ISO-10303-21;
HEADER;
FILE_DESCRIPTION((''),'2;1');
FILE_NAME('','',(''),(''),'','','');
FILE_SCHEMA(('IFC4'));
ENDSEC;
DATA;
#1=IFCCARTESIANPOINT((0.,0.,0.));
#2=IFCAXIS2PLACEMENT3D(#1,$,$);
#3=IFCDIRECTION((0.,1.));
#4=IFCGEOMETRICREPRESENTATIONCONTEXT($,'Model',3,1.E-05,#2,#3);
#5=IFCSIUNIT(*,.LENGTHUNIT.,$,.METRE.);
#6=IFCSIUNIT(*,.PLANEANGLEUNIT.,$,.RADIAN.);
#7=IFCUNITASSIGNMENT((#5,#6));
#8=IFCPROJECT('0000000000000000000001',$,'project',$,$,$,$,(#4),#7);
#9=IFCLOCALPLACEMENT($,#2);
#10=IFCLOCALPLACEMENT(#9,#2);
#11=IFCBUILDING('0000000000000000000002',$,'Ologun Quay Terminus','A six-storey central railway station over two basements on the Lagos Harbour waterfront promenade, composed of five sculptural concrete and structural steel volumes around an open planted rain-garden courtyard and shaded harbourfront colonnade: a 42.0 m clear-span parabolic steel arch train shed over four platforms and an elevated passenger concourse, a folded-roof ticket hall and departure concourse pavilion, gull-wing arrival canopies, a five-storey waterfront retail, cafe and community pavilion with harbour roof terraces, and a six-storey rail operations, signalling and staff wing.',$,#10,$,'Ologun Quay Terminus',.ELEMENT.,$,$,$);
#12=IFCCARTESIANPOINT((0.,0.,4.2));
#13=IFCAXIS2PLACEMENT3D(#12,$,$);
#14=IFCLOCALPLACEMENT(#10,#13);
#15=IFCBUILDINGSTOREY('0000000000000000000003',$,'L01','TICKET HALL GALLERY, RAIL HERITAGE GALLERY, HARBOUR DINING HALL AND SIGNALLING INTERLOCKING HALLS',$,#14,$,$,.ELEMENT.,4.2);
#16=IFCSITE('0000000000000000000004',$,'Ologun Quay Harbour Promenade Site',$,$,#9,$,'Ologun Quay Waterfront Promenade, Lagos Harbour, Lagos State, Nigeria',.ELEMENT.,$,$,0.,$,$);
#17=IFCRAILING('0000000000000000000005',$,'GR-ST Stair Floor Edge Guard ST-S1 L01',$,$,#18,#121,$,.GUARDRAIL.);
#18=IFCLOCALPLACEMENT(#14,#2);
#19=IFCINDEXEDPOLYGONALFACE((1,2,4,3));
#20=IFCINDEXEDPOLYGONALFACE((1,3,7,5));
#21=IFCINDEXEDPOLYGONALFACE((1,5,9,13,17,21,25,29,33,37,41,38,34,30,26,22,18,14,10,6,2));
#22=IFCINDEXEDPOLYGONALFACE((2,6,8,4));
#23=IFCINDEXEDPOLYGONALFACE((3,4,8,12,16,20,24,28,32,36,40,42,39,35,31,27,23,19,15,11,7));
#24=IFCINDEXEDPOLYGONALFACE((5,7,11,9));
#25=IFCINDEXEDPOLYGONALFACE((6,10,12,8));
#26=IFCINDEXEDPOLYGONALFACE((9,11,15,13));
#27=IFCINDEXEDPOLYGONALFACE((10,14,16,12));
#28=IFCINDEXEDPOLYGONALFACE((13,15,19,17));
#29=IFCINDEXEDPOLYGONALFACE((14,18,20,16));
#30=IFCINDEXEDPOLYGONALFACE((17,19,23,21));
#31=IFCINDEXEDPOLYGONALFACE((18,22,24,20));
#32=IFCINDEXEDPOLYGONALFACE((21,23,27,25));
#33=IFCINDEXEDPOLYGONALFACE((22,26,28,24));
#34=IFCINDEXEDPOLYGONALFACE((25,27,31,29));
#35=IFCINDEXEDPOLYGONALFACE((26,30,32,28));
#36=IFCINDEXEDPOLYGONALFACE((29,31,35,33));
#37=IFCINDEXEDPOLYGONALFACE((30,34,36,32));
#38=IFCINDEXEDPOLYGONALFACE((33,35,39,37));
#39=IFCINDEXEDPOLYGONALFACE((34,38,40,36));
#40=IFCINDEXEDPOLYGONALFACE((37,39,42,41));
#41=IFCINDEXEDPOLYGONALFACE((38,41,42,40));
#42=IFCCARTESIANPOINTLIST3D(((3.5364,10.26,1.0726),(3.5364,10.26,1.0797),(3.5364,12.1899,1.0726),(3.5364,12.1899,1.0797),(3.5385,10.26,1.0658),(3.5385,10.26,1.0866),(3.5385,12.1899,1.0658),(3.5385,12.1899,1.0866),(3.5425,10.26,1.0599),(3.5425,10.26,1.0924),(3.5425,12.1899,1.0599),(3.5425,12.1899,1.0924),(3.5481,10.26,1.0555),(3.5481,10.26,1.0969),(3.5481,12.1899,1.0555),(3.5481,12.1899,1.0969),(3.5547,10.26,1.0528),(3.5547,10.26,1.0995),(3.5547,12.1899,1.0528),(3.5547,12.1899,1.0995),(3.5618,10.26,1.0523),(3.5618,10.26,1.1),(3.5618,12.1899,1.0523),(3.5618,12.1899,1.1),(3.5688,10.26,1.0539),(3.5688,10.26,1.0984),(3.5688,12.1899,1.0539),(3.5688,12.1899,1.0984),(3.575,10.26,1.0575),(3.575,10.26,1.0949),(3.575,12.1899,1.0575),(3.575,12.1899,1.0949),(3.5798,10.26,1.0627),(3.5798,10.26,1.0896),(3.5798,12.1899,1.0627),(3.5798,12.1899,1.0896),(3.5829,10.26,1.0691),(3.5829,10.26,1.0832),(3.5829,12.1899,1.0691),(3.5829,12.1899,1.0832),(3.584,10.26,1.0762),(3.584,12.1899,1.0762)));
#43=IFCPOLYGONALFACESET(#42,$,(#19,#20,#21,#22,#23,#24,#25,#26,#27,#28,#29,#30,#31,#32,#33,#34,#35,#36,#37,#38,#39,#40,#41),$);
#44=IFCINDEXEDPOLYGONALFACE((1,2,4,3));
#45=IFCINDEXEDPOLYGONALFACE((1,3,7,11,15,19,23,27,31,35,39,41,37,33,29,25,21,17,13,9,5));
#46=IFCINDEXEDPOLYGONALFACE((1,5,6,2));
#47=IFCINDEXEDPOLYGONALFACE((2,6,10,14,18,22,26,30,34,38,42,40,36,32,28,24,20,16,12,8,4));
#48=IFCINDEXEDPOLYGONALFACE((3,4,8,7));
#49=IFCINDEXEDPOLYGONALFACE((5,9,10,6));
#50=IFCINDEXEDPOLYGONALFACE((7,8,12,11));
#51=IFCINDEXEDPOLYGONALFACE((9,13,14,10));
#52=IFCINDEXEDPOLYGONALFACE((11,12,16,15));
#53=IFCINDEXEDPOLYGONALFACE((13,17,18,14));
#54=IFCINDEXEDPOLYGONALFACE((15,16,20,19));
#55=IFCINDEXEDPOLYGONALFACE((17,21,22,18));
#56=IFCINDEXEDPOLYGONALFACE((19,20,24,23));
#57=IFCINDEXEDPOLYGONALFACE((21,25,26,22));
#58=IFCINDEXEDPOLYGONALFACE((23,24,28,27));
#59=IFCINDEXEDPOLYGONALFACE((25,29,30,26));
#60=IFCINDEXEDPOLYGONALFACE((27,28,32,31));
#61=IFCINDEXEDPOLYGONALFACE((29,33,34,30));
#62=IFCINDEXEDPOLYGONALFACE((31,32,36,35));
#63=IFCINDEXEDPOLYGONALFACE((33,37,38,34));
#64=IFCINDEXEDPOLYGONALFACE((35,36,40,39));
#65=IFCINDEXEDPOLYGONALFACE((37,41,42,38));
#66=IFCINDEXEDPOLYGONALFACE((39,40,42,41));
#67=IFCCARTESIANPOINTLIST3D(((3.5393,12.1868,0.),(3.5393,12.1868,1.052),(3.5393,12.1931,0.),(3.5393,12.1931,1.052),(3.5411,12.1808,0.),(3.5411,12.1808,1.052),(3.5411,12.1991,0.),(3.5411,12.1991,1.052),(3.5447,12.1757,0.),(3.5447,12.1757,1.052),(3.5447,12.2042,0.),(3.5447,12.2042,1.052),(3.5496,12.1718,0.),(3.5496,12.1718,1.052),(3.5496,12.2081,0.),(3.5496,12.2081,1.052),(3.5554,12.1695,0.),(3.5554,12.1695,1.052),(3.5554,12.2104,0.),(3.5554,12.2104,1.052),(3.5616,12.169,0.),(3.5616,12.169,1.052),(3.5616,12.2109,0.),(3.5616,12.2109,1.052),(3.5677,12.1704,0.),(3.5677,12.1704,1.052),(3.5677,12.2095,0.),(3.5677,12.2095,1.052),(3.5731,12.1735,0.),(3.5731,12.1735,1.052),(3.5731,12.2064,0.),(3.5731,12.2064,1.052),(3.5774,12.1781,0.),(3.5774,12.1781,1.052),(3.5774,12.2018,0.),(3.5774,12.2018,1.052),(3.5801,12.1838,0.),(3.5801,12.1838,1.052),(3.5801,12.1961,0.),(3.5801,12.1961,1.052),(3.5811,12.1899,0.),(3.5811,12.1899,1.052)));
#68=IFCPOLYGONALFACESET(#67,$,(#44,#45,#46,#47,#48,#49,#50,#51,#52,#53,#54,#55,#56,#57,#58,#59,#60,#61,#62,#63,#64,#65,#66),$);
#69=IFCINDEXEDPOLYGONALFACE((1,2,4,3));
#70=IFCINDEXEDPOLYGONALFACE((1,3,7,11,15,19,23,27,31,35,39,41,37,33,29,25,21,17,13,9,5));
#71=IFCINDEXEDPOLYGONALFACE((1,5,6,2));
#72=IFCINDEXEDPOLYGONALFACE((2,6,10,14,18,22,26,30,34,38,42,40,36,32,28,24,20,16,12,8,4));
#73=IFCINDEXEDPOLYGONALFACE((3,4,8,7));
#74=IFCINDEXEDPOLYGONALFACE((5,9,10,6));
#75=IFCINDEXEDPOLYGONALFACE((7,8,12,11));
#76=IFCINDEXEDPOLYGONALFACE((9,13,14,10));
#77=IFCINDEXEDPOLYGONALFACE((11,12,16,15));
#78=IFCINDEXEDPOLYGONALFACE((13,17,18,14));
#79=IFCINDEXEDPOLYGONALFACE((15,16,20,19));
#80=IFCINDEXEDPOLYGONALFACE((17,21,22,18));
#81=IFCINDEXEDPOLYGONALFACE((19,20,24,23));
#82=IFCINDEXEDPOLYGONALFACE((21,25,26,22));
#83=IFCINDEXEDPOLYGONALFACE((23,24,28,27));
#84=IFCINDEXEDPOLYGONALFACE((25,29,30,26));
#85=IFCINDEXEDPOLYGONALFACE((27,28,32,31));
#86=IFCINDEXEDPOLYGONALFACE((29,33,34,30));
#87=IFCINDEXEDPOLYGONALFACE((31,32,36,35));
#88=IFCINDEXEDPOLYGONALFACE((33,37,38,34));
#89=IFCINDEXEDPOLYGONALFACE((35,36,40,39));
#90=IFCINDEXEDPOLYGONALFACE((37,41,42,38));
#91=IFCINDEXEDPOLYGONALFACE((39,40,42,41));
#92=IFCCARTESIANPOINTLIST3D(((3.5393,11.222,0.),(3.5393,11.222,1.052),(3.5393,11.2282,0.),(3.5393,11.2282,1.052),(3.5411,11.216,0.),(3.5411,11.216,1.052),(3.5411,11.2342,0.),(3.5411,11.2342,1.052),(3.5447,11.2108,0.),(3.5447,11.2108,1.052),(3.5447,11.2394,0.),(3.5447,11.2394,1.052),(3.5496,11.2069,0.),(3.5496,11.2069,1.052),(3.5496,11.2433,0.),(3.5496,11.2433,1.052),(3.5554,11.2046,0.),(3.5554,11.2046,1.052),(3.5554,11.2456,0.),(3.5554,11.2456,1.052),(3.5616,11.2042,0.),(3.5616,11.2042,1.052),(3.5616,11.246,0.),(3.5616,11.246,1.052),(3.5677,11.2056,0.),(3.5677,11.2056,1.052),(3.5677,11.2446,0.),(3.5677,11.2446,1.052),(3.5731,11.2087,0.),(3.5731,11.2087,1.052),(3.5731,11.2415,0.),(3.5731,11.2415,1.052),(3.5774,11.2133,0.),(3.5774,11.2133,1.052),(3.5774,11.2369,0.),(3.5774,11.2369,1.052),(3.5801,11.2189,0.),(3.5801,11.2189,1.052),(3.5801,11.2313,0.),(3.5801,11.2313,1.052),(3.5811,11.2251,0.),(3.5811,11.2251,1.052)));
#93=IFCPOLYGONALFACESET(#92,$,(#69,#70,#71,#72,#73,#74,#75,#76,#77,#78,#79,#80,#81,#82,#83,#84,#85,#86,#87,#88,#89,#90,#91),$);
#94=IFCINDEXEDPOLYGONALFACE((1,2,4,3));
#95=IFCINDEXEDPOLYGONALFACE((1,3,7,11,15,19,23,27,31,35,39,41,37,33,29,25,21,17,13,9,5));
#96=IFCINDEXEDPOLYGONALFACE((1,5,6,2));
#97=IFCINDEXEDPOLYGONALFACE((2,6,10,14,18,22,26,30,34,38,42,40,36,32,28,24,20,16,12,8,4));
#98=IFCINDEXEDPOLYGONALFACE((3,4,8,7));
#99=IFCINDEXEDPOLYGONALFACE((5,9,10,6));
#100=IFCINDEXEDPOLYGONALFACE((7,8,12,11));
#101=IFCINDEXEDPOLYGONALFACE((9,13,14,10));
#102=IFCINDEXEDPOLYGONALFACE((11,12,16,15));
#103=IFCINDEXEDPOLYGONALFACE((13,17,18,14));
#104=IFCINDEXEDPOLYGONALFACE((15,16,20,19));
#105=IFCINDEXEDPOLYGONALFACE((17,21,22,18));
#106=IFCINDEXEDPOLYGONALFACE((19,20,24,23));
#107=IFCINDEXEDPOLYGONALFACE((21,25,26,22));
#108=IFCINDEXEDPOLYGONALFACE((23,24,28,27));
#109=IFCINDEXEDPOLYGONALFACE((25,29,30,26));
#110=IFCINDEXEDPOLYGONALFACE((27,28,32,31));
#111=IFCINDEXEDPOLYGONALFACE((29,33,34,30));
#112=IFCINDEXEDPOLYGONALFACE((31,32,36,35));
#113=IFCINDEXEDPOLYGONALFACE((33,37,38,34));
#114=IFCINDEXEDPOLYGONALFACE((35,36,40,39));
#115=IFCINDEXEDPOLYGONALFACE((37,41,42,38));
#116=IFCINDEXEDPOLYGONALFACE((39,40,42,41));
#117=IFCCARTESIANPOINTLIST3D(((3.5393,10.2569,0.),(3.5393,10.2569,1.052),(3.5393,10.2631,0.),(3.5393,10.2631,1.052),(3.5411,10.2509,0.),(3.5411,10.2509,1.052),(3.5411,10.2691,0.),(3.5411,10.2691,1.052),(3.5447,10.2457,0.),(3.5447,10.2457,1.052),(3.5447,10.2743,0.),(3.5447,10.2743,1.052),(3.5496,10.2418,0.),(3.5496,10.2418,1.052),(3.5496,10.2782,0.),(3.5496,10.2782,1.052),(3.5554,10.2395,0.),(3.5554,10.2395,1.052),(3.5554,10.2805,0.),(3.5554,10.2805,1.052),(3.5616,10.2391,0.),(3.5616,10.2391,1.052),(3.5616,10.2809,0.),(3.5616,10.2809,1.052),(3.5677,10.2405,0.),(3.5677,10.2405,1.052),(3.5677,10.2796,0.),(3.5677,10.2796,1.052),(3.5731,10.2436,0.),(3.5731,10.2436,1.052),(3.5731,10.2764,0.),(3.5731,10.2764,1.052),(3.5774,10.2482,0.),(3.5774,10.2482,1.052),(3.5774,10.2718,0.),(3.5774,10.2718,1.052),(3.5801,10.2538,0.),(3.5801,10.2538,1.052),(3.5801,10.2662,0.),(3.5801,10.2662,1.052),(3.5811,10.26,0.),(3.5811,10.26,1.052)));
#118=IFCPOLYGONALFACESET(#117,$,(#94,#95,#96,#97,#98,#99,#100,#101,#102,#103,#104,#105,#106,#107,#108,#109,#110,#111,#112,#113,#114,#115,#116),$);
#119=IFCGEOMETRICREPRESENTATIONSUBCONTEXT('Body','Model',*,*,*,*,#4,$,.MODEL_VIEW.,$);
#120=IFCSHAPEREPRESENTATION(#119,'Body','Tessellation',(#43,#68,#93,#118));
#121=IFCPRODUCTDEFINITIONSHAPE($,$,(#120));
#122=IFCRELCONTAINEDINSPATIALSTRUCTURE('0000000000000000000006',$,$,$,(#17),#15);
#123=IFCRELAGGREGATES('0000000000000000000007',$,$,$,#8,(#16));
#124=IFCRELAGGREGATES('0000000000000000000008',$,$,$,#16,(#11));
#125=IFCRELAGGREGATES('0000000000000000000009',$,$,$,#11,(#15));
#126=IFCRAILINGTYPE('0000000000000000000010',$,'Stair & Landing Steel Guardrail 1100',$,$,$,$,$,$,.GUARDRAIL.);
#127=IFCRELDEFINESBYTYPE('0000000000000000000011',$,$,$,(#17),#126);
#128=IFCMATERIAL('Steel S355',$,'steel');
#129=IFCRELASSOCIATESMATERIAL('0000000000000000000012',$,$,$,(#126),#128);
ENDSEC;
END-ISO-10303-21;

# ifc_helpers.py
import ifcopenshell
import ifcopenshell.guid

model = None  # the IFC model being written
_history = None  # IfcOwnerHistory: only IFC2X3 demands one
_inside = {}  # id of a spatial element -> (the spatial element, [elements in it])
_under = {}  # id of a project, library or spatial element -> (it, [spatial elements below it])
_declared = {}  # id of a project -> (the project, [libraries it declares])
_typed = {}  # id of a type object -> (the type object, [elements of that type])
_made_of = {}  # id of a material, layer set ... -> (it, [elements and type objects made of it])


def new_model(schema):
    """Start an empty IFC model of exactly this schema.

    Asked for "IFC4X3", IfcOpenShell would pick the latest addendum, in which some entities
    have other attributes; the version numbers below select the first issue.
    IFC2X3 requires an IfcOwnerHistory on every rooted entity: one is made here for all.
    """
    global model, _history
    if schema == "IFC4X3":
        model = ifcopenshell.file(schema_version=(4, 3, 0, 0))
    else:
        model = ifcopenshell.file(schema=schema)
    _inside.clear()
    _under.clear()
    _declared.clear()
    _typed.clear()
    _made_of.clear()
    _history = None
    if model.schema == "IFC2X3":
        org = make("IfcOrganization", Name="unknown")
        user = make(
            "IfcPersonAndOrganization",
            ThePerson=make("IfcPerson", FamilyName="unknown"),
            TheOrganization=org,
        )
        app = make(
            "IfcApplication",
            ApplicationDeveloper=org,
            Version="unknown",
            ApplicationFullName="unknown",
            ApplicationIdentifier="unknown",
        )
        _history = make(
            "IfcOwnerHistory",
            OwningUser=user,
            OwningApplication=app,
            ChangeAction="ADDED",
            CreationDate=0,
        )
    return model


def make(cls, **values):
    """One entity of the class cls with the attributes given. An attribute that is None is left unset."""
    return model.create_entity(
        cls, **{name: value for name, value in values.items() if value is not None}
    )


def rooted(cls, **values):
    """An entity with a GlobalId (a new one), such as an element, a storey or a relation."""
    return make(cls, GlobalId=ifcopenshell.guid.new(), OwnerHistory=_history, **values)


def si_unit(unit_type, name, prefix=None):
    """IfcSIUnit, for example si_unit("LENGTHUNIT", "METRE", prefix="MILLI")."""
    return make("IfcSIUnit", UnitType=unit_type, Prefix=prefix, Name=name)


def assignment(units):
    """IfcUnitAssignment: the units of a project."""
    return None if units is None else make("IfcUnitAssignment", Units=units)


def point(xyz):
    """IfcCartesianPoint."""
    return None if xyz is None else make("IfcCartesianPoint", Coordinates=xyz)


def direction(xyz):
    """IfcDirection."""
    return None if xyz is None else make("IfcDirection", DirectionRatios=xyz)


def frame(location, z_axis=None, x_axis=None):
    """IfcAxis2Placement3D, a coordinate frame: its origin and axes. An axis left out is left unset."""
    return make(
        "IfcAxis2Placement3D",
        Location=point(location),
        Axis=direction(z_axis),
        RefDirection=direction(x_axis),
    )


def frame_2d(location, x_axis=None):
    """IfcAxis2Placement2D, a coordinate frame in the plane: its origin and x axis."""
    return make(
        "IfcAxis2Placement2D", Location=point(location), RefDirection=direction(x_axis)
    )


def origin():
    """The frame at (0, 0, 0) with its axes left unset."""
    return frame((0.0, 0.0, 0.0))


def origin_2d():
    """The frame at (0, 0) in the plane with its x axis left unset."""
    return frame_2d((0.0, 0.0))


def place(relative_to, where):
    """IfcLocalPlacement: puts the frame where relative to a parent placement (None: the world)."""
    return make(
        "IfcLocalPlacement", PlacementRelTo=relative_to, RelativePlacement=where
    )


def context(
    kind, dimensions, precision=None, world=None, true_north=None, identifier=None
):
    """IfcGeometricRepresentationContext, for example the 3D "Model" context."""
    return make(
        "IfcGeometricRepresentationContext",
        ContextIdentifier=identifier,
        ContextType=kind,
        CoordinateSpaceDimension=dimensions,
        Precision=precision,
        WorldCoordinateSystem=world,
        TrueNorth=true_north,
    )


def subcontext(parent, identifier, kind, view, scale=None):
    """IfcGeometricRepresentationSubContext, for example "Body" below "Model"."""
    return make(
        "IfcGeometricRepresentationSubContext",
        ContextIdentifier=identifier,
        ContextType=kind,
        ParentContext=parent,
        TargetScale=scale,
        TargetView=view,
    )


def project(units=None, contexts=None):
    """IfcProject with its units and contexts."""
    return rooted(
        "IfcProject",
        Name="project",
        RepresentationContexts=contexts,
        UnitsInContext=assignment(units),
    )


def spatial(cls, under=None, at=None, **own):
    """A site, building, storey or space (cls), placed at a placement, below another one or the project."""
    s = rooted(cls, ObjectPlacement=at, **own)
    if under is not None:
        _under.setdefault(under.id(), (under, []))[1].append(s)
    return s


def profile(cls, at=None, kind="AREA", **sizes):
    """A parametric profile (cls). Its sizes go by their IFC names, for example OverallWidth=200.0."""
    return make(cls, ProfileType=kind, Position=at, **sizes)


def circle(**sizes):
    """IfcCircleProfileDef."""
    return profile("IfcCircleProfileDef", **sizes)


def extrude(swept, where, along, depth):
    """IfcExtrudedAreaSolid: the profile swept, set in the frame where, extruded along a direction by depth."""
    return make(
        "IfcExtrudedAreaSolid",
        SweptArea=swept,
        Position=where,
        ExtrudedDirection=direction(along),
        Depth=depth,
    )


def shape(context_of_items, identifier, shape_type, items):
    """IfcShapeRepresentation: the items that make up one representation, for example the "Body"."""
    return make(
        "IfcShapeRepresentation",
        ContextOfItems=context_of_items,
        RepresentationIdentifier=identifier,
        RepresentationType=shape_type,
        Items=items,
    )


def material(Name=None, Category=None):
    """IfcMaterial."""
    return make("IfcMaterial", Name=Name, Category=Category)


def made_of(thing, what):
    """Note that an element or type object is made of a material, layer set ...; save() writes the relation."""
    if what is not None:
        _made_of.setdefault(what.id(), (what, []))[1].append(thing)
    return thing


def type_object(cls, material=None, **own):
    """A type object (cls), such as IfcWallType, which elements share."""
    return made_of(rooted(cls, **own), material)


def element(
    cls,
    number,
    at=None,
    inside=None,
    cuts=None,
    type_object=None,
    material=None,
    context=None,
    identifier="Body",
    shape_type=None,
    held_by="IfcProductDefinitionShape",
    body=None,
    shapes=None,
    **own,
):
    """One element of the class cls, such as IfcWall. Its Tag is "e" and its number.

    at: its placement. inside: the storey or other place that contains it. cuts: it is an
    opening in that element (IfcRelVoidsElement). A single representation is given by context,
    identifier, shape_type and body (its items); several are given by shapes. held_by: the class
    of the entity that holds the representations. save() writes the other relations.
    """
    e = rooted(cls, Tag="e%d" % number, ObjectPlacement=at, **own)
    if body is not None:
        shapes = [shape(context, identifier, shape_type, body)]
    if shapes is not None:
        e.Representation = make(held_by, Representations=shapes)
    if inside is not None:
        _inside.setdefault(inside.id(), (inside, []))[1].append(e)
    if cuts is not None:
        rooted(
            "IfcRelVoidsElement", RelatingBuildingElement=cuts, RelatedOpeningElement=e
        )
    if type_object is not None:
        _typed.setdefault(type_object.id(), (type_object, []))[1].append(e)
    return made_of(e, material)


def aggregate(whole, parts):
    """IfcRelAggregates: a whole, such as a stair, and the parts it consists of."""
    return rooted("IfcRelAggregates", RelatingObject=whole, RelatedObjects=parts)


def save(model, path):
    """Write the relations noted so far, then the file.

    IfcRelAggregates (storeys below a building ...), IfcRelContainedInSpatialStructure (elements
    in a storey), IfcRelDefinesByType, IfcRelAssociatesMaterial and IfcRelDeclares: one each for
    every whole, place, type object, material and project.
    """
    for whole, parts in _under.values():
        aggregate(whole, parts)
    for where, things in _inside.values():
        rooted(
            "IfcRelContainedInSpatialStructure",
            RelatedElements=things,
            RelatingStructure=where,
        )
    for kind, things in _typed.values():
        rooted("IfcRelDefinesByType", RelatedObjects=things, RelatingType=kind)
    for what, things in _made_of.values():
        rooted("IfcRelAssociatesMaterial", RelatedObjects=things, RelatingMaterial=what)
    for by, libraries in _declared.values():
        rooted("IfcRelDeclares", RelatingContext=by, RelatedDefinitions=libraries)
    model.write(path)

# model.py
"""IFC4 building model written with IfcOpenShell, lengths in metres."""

from ifc_helpers import new_model, si_unit, direction, frame, origin, origin_2d, place, context, subcontext, project, spatial, circle, extrude, material, type_object, element, save


model = new_model("IFC4")

# Units and contexts
model_context = context("Model", 3, precision=1e-05, world=origin(), true_north=direction((0.0, 1.0)))
body_context = subcontext(model_context, "Body", "Model", "MODEL_VIEW")
ifc_project = project(units=[si_unit("LENGTHUNIT", "METRE"), si_unit("PLANEANGLEUNIT", "RADIAN")], contexts=[model_context])

# Site, building, storey
site_placement = place(None, origin())
site = spatial("IfcSite", under=ifc_project, at=site_placement, Name="Ologun Quay Harbour Promenade Site", LongName="Ologun Quay Waterfront Promenade, Lagos Harbour, Lagos State, Nigeria", CompositionType="ELEMENT", RefElevation=0.0)
building_placement = place(site_placement, origin())
building = spatial("IfcBuilding", under=site, at=building_placement, Name="Ologun Quay Terminus", Description="A six-storey central railway station over two basements on the Lagos Harbour waterfront promenade, composed of five sculptural concrete and structural steel volumes around an open planted rain-garden courtyard and shaded harbourfront colonnade: a 42.0 m clear-span parabolic steel arch train shed over four platforms and an elevated passenger concourse, a folded-roof ticket hall and departure concourse pavilion, gull-wing arrival canopies, a five-storey waterfront retail, cafe and community pavilion with harbour roof terraces, and a six-storey rail operations, signalling and staff wing.", LongName="Ologun Quay Terminus", CompositionType="ELEMENT")
storey_placement = place(building_placement, frame((0.0, 0.0, 4.2)))
storey = spatial("IfcBuildingStorey", under=building, at=storey_placement, Name="L01", Description="TICKET HALL GALLERY, RAIL HERITAGE GALLERY, HARBOUR DINING HALL AND SIGNALLING INTERLOCKING HALLS", CompositionType="ELEMENT", Elevation=4.2)

# Railing
ifc_material_1 = material(Name="Steel S355", Category="steel")
railing_type_1 = type_object("IfcRailingType", Name="Stair & Landing Steel Guardrail 1100", PredefinedType="GUARDRAIL", material=ifc_material_1)
railing_1_placement = place(storey_placement, frame((3.5601, 12.1899, 0.0)))
element("IfcRailing", 1, at=railing_1_placement, inside=storey, type_object=railing_type_1, Name="GR-ST Stair Floor Edge Guard ST-S1 L01", PredefinedType="GUARDRAIL", context=body_context, shape_type="SweptSolid", body=[
    extrude(circle(Radius=0.0239, at=origin_2d()), frame((0.0, 0.0, 1.0762), z_axis=(0.0, -1.0, 0.0), x_axis=(1.0, 0.0, 0.0)), (0.0, 0.0, 1.0), 1.9299),
    extrude(circle(Radius=0.021, at=origin_2d()), origin(), (0.0, 0.0, 1.0), 1.052),
    extrude(circle(Radius=0.021, at=origin_2d()), frame((0.0, -0.9648, 0.0)), (0.0, 0.0, 1.0), 1.052),
    extrude(circle(Radius=0.021, at=origin_2d()), frame((0.0, -1.9299, 0.0)), (0.0, 0.0, 1.0), 1.052),
])

save(model, "model.ifc")
